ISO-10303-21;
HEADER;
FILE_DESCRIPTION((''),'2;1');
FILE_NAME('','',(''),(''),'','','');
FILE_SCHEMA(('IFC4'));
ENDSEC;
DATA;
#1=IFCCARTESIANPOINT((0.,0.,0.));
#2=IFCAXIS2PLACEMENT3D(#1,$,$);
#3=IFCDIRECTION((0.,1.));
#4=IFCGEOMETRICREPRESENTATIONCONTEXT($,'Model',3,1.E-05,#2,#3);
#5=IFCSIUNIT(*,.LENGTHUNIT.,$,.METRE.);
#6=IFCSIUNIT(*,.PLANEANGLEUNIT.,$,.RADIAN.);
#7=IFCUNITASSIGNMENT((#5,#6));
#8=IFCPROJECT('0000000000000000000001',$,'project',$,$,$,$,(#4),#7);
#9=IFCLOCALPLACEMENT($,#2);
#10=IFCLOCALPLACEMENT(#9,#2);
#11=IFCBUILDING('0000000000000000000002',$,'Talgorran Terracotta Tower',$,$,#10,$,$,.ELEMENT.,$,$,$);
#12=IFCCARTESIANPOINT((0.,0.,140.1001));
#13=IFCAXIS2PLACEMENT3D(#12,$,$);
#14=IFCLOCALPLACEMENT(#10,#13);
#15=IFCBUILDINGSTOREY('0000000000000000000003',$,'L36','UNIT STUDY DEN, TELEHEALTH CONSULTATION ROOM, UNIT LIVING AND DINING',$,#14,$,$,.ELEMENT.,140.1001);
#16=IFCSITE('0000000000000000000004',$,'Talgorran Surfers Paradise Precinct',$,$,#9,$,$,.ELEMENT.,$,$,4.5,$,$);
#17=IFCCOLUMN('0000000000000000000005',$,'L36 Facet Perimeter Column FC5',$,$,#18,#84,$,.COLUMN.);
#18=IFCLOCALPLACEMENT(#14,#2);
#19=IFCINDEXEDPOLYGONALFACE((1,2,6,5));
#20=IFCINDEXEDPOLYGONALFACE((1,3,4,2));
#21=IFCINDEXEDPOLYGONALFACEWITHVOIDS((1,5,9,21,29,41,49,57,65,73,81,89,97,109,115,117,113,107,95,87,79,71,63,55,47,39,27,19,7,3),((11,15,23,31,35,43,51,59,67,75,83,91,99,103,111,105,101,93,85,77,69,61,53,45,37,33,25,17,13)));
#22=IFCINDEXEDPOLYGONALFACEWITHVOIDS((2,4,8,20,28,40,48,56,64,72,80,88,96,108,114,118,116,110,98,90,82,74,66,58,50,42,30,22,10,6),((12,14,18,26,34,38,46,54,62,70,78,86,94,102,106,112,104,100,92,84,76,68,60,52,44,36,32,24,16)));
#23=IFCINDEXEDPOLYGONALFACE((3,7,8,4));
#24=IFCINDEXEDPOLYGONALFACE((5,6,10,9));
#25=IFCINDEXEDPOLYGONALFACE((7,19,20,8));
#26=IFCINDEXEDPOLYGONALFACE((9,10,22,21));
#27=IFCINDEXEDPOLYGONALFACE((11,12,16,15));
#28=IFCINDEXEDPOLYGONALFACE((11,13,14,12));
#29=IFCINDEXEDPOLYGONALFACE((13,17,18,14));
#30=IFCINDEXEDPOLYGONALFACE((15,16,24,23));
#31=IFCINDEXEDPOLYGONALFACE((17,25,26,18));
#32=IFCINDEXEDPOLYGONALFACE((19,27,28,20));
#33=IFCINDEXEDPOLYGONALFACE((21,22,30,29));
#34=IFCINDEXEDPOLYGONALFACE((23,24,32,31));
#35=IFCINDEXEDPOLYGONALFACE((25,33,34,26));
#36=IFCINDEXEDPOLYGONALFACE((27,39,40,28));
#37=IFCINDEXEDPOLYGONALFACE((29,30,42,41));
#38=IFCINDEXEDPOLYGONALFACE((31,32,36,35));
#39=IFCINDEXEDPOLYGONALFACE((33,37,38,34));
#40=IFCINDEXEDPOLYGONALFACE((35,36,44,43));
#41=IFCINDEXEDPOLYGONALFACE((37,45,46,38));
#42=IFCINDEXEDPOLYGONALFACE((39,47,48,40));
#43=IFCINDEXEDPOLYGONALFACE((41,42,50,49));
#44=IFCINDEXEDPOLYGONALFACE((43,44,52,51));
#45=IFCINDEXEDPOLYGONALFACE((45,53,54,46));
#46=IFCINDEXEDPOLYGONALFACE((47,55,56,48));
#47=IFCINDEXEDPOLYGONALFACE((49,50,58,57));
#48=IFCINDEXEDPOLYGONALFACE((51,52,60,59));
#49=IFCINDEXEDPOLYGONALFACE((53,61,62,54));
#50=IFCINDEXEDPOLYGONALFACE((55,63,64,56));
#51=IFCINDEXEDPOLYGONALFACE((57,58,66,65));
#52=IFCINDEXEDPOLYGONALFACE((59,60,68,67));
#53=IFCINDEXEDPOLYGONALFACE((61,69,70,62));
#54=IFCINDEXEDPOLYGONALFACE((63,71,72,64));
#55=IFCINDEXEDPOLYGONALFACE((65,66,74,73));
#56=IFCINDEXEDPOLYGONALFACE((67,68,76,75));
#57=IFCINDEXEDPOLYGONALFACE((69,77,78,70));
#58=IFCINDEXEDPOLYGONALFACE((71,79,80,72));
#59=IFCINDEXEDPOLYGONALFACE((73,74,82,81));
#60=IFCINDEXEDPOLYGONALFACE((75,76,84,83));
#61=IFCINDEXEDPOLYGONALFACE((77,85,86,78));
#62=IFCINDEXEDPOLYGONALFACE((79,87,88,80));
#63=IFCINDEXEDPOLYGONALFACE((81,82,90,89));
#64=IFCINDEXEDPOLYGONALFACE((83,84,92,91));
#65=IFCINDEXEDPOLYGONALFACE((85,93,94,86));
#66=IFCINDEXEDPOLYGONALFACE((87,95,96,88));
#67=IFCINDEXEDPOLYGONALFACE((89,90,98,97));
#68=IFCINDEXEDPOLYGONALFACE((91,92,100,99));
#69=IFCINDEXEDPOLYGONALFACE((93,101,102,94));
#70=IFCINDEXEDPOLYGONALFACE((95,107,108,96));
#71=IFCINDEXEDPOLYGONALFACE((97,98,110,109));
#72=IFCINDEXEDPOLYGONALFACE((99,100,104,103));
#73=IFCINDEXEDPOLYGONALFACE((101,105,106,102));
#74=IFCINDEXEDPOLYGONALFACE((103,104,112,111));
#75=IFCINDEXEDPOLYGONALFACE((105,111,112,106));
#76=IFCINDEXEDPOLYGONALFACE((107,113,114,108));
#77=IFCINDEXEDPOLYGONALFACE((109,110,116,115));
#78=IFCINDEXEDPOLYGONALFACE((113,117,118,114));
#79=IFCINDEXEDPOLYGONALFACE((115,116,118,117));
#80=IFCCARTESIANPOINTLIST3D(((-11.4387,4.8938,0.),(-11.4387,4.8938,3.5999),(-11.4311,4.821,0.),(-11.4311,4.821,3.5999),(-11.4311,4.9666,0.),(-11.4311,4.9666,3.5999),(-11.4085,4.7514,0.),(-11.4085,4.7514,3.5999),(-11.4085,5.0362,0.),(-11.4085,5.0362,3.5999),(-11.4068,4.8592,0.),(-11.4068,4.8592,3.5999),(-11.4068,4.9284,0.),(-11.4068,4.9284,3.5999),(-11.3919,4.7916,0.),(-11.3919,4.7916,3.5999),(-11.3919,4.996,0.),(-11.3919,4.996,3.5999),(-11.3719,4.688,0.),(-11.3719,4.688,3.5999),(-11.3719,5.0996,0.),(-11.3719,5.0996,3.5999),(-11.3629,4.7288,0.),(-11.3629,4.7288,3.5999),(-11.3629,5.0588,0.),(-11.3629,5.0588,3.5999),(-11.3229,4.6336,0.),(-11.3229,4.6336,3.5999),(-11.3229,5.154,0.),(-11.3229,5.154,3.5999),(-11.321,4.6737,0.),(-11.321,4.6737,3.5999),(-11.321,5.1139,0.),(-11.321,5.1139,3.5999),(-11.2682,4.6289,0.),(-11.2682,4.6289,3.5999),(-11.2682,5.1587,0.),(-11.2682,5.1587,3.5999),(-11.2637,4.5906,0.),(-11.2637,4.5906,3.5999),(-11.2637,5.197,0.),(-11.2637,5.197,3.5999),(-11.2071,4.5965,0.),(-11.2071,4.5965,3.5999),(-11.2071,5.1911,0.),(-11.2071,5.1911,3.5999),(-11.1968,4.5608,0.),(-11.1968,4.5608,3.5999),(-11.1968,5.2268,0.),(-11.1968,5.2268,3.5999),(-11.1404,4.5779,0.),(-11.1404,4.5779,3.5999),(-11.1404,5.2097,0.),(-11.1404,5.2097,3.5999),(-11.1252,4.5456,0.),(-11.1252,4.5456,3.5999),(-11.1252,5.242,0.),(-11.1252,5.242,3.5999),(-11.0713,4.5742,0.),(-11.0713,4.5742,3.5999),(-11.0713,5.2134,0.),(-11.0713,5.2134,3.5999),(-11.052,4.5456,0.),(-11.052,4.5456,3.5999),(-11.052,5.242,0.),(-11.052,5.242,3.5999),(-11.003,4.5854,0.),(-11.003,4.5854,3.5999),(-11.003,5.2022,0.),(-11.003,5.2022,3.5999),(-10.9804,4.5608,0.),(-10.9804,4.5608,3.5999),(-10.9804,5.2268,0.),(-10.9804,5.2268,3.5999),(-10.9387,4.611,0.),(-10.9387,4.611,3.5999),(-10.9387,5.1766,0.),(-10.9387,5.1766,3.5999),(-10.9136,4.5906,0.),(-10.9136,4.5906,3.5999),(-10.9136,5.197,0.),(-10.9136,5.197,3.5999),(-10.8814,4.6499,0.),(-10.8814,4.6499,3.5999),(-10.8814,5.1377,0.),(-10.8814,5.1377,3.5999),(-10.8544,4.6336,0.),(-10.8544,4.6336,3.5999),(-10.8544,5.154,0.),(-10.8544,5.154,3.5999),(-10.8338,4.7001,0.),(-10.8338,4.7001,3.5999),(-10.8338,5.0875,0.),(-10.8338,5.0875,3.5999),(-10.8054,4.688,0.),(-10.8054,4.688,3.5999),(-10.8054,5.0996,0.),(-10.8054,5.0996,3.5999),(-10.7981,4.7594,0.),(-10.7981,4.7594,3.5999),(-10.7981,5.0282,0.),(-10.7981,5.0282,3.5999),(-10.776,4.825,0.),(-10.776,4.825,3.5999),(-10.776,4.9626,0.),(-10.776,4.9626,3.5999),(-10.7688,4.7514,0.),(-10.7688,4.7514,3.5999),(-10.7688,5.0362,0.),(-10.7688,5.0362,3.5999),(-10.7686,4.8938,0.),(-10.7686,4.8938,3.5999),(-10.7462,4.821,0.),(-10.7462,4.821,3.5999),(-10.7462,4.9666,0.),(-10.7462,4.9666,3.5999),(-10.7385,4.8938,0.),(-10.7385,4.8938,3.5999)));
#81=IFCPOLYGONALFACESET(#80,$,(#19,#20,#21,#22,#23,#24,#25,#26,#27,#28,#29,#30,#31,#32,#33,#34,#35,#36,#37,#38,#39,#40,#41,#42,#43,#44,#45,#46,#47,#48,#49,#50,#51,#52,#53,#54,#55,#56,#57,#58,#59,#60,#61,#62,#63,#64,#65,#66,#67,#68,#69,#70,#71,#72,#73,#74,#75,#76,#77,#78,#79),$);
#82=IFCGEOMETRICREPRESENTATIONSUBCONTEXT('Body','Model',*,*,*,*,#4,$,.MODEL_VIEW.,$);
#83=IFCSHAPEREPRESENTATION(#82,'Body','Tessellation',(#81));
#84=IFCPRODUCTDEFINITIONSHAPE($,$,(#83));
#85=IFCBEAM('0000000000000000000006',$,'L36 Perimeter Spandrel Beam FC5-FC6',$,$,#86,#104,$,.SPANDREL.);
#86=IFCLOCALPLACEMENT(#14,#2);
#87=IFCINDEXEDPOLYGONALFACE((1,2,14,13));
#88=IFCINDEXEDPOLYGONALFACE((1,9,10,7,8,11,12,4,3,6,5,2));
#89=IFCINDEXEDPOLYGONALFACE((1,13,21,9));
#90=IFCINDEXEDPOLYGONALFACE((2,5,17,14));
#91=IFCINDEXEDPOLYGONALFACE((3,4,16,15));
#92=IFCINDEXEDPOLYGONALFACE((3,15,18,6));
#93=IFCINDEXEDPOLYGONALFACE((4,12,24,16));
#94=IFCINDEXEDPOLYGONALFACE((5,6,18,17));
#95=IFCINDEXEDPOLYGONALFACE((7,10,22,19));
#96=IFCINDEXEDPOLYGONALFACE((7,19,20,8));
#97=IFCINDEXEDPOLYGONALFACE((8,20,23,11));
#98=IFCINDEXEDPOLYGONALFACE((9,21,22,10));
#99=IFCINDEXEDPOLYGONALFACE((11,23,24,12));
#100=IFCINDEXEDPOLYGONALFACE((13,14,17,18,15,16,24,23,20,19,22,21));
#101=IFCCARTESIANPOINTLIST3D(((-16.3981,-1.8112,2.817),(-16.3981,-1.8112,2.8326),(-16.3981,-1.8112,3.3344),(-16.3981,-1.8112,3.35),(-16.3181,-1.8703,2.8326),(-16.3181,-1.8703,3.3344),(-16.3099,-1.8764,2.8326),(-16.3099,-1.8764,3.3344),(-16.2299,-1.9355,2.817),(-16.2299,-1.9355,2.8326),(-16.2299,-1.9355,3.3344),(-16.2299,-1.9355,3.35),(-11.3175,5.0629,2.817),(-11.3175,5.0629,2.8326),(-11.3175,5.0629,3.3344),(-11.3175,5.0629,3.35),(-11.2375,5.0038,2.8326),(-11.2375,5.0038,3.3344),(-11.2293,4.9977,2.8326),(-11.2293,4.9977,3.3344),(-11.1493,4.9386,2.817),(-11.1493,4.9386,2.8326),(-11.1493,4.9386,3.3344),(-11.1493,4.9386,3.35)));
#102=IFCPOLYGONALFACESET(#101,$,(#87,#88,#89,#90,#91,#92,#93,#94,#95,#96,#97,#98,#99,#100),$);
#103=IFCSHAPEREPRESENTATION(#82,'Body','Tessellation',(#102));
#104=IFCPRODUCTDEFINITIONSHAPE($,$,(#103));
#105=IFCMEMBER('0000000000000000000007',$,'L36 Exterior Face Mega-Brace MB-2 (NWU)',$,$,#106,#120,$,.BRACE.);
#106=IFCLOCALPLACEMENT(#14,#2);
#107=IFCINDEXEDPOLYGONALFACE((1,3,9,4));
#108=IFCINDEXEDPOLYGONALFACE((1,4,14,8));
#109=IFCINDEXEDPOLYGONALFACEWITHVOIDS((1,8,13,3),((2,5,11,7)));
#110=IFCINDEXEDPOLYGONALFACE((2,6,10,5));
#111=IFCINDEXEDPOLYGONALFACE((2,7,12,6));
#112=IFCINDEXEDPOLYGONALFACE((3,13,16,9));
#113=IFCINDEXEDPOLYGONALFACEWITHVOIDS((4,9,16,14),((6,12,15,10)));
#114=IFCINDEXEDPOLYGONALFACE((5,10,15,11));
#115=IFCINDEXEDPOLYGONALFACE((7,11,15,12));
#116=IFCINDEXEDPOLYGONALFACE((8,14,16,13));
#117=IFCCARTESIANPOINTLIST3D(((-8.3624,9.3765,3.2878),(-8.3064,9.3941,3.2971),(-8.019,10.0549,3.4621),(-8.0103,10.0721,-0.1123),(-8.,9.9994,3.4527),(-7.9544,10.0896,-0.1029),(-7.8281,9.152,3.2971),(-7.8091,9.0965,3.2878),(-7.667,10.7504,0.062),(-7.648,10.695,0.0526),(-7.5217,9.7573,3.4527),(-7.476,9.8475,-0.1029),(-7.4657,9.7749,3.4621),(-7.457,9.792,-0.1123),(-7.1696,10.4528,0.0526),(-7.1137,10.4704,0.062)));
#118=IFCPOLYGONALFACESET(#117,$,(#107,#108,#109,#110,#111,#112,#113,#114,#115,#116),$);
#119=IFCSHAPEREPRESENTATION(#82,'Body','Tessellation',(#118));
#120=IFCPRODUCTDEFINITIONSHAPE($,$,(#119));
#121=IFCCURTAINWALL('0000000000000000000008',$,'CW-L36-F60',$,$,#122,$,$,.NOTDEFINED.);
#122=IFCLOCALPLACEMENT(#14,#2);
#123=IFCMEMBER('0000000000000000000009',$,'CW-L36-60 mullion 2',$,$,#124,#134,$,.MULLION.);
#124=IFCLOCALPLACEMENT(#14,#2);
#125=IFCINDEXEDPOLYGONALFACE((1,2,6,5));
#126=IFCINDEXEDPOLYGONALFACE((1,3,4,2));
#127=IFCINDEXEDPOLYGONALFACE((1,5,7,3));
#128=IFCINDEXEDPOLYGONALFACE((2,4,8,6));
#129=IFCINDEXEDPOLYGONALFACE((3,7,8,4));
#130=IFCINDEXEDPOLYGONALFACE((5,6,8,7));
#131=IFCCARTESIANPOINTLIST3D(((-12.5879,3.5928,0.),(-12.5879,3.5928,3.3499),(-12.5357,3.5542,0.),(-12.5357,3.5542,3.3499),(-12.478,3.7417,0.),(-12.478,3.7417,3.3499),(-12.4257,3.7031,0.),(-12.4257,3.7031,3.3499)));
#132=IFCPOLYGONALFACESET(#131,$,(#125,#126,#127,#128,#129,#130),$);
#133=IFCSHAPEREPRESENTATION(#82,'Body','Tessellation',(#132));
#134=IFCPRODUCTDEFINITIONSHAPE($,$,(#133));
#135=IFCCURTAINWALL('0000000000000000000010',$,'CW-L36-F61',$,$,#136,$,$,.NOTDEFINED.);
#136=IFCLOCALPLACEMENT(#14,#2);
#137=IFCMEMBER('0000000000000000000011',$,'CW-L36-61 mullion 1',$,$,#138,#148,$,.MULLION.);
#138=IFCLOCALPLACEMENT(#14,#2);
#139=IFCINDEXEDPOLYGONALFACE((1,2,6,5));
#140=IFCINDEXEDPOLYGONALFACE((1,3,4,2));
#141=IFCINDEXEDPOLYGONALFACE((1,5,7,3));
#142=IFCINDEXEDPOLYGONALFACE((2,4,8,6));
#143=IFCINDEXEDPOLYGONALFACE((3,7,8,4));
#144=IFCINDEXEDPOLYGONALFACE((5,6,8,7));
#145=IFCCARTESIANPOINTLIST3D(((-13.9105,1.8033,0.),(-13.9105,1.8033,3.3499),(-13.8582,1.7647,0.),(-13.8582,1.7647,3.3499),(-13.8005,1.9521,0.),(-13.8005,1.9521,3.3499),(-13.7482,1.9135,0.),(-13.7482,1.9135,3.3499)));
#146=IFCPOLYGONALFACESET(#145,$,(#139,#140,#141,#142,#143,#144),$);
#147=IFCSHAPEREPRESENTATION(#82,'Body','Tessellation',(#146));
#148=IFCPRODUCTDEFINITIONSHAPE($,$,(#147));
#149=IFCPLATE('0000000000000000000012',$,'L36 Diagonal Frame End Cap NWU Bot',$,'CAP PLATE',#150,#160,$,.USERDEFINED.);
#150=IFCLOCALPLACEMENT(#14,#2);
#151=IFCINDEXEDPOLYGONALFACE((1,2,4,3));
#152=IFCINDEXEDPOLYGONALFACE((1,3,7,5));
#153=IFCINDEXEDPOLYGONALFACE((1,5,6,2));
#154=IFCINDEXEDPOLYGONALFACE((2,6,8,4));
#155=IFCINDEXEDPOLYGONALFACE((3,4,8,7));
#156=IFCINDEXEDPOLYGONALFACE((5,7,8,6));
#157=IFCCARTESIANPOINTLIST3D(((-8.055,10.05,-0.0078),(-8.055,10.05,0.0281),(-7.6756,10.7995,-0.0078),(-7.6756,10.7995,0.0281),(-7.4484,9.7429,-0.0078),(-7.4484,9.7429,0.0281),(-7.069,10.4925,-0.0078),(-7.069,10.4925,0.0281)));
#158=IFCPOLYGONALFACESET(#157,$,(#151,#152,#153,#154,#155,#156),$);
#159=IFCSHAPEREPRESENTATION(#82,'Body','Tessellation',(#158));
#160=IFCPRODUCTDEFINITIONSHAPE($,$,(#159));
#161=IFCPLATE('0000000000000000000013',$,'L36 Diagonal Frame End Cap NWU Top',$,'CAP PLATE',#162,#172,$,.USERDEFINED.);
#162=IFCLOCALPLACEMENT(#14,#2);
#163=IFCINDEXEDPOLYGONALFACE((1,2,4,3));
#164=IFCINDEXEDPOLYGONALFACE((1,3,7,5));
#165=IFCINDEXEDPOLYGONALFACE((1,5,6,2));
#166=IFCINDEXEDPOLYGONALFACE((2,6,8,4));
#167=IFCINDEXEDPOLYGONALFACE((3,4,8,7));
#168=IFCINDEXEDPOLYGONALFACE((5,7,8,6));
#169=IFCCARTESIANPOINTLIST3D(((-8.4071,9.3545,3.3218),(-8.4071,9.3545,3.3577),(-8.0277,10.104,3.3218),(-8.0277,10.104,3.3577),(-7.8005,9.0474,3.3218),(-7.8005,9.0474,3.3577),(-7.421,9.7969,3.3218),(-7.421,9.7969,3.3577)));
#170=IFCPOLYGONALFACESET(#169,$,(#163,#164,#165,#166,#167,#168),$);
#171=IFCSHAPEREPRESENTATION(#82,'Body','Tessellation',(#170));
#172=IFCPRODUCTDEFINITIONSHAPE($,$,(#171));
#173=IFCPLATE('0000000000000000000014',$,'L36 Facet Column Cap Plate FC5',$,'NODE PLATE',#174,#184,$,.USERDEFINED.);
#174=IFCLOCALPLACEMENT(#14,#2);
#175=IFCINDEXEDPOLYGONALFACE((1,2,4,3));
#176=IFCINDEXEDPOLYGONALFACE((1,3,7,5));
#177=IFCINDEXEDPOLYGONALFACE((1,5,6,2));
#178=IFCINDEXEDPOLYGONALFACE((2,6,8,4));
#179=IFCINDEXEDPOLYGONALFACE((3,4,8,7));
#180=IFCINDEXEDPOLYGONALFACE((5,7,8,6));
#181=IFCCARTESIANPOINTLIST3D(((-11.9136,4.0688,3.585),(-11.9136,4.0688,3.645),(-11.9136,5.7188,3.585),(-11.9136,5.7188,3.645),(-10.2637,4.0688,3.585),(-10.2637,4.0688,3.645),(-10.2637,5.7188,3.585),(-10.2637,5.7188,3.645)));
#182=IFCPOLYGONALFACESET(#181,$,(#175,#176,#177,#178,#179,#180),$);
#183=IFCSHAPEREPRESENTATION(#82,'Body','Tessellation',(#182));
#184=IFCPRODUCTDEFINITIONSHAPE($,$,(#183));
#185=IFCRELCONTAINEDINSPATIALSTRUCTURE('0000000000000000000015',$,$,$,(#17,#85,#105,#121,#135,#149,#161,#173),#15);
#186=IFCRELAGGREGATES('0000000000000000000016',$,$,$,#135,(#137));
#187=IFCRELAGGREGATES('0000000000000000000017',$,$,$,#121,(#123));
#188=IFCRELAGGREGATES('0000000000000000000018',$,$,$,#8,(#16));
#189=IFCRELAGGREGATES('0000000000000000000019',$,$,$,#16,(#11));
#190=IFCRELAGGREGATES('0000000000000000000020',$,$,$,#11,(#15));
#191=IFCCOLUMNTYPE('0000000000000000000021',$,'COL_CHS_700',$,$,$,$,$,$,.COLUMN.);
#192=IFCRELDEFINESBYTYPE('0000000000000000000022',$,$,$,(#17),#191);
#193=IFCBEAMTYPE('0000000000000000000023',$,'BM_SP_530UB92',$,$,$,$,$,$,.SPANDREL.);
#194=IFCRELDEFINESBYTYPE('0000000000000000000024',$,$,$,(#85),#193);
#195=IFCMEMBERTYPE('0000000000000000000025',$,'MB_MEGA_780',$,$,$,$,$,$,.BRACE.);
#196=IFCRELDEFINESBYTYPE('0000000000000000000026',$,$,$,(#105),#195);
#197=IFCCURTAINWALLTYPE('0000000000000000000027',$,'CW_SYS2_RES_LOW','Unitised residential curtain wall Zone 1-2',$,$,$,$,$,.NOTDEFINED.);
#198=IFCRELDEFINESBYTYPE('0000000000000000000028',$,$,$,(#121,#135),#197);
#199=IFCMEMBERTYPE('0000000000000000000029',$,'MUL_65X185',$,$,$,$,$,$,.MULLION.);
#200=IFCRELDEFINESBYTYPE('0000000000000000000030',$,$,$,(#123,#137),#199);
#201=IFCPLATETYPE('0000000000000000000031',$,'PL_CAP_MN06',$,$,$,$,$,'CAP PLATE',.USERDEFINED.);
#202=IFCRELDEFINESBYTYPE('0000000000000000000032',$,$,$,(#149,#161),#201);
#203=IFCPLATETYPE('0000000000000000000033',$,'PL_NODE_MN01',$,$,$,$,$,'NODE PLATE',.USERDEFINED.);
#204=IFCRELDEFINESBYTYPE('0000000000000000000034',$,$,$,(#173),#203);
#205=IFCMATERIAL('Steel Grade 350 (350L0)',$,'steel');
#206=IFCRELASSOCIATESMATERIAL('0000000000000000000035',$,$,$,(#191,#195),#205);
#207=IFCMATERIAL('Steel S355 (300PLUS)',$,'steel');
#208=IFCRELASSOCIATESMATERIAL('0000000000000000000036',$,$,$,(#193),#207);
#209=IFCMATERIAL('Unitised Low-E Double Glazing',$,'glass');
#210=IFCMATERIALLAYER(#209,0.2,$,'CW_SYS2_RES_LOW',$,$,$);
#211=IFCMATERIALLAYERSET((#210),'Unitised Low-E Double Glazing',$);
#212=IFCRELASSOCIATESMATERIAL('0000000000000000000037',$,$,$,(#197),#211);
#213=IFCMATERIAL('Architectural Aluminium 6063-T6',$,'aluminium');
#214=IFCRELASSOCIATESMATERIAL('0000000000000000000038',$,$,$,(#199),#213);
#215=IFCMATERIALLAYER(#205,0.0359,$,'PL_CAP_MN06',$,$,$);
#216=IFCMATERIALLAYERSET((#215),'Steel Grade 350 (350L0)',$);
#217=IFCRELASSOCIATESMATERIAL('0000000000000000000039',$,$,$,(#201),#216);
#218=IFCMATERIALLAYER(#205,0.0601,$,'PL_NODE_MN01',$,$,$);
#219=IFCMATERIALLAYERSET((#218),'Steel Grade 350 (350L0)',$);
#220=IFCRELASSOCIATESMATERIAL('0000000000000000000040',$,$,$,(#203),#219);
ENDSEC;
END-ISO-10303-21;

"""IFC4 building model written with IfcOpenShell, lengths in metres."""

from ifc_helpers import new_model, si_unit, direction, frame, origin, origin_2d, place, context, subcontext, project, spatial, rectangle, hollow_rectangle, hollow_circle, i_section, extrude, material, layer, layer_set, material_profile, profile_set, type_object, element, aggregate, save


model = new_model("IFC4")

# Units and contexts
model_context = context("Model", 3, precision=1e-05, world=origin(), true_north=direction((0.0, 1.0)))
body_context = subcontext(model_context, "Body", "Model", "MODEL_VIEW")
ifc_project = project(units=[si_unit("LENGTHUNIT", "METRE"), si_unit("PLANEANGLEUNIT", "RADIAN")], contexts=[model_context])

# Site, building, storey
site_placement = place(None, origin())
site = spatial("IfcSite", under=ifc_project, at=site_placement, Name="Talgorran Surfers Paradise Precinct", CompositionType="ELEMENT", RefElevation=4.5)
building_placement = place(site_placement, origin())
building = spatial("IfcBuilding", under=site, at=building_placement, Name="Talgorran Terracotta Tower", CompositionType="ELEMENT")
storey_placement = place(building_placement, frame((0.0, 0.0, 140.1001)))
storey = spatial("IfcBuildingStorey", under=building, at=storey_placement, Name="L36", Description="UNIT STUDY DEN, TELEHEALTH CONSULTATION ROOM, UNIT LIVING AND DINING", CompositionType="ELEMENT", Elevation=140.1001)

# Column
ifc_material_1 = material(Name="Steel Grade 350 (350L0)", Category="steel")
ifc_material_profile_1 = material_profile(ifc_material_1, hollow_circle(Radius=0.3501, WallThickness=0.03, at=origin_2d()), Name="CHS700X30")
ifc_profile_set_1 = profile_set([ifc_material_profile_1], Name="Steel Grade 350 (350L0)")
column_type = type_object("IfcColumnType", Name="COL_CHS_700", PredefinedType="COLUMN", material=ifc_profile_set_1)
column_placement = place(storey_placement, frame((-11.0886, 4.8938, 0.0), z_axis=(0.0, 0.0, 1.0), x_axis=(1.0, 0.0, 0.0)))
element("IfcColumn", 1, at=column_placement, inside=storey, type_object=column_type, Name="L36 Facet Perimeter Column FC5", PredefinedType="COLUMN", context=body_context, shape_type="SweptSolid", body=[
    extrude(hollow_circle(Radius=0.3501, WallThickness=0.03, at=origin_2d()), origin(), (0.0, 0.0, 1.0), 3.5999),
])

# Beam
ifc_material_2 = material(Name="Steel S355 (300PLUS)", Category="steel")
ifc_material_profile_2 = material_profile(ifc_material_2, i_section(OverallWidth=0.2092, OverallDepth=0.533, WebThickness=0.0103, FlangeThickness=0.0156, at=origin_2d()), Name="530UB92.4")
ifc_profile_set_2 = profile_set([ifc_material_profile_2], Name="Steel S355 (300PLUS)")
beam_type = type_object("IfcBeamType", Name="BM_SP_530UB92", PredefinedType="SPANDREL", material=ifc_profile_set_2)
beam_placement = place(storey_placement, frame((-11.2334, 5.0007, 3.0835), z_axis=(-0.594373, -0.804189, 0.0), x_axis=(0.804189, -0.594373, 0.0)))
element("IfcBeam", 2, at=beam_placement, inside=storey, type_object=beam_type, Name="L36 Perimeter Spandrel Beam FC5-FC6", PredefinedType="SPANDREL", context=body_context, shape_type="SweptSolid", body=[
    extrude(i_section(OverallWidth=0.2092, OverallDepth=0.533, WebThickness=0.0103, FlangeThickness=0.0156, at=origin_2d()), origin(), (0.0, 0.0, 1.0), 8.5479),
])

# Member
ifc_material_profile_3 = material_profile(ifc_material_1, hollow_rectangle(XDim=0.6201, YDim=0.78, WallThickness=0.042, at=origin_2d()), Name="WBOX780X620X42")
ifc_profile_set_3 = profile_set([ifc_material_profile_3], Name="Steel Grade 350 (350L0)")
member_type_1 = type_object("IfcMemberType", Name="MB_MEGA_780", PredefinedType="BRACE", material=ifc_profile_set_3)
member_1_placement = place(storey_placement, frame((-7.562, 10.2712, -0.0251), z_axis=(-0.100921, -0.199393, 0.974709), x_axis=(0.892224, -0.451593, 0.0)))
element("IfcMember", 3, at=member_1_placement, inside=storey, type_object=member_type_1, Name="L36 Exterior Face Mega-Brace MB-2 (NWU)", PredefinedType="BRACE", context=body_context, shape_type="SweptSolid", body=[
    extrude(hollow_rectangle(XDim=0.6201, YDim=0.78, WallThickness=0.042, at=origin_2d()), origin(), (0.0, 0.0, 1.0), 3.4883),
])

# Curtain walls, members
ifc_material_3 = material(Name="Unitised Low-E Double Glazing", Category="glass")
ifc_layer_1 = layer(ifc_material_3, 0.2, Name="CW_SYS2_RES_LOW")
ifc_layer_set_1 = layer_set([ifc_layer_1], Name="Unitised Low-E Double Glazing")
curtain_wall_type = type_object("IfcCurtainWallType", Name="CW_SYS2_RES_LOW", Description="Unitised residential curtain wall Zone 1-2", PredefinedType="NOTDEFINED", material=ifc_layer_set_1)
curtain_wall_1_placement = place(storey_placement, origin())
curtain_wall_1 = element("IfcCurtainWall", 4, at=curtain_wall_1_placement, inside=storey, type_object=curtain_wall_type, Name="CW-L36-F60", PredefinedType="NOTDEFINED")
ifc_material_4 = material(Name="Architectural Aluminium 6063-T6", Category="aluminium")
ifc_material_profile_4 = material_profile(ifc_material_4, rectangle(XDim=0.0649, YDim=0.1851, at=origin_2d()), Name="CWM65X185")
ifc_profile_set_4 = profile_set([ifc_material_profile_4], Name="Architectural Aluminium 6063-T6")
member_type_2 = type_object("IfcMemberType", Name="MUL_65X185", PredefinedType="MULLION", material=ifc_profile_set_4)
member_2_placement = place(storey_placement, frame((-12.5068, 3.6479, 0.0), z_axis=(0.0, 0.0, 1.0), x_axis=(0.8042, -0.594359, 0.0)))
member_2 = element("IfcMember", 5, at=member_2_placement, type_object=member_type_2, Name="CW-L36-60 mullion 2", PredefinedType="MULLION", context=body_context, shape_type="SweptSolid", body=[
    extrude(rectangle(XDim=0.0649, YDim=0.1851, at=origin_2d()), origin(), (0.0, 0.0, 1.0), 3.3499),
])
curtain_wall_2_placement = place(storey_placement, origin())
curtain_wall_2 = element("IfcCurtainWall", 6, at=curtain_wall_2_placement, inside=storey, type_object=curtain_wall_type, Name="CW-L36-F61", PredefinedType="NOTDEFINED")
member_3_placement = place(storey_placement, frame((-13.8293, 1.8584, 0.0), z_axis=(0.0, 0.0, 1.0), x_axis=(0.804199, -0.59436, 0.0)))
member_3 = element("IfcMember", 7, at=member_3_placement, type_object=member_type_2, Name="CW-L36-61 mullion 1", PredefinedType="MULLION", context=body_context, shape_type="SweptSolid", body=[
    extrude(rectangle(XDim=0.0649, YDim=0.1851, at=origin_2d()), origin(), (0.0, 0.0, 1.0), 3.3499),
])
aggregate(curtain_wall_2, [member_3])

# Plates
ifc_layer_2 = layer(ifc_material_1, 0.0359, Name="PL_CAP_MN06")
ifc_layer_set_2 = layer_set([ifc_layer_2], Name="Steel Grade 350 (350L0)")
plate_type_1 = type_object("IfcPlateType", Name="PL_CAP_MN06", ElementType="CAP PLATE", PredefinedType="USERDEFINED", material=ifc_layer_set_2)
for number, where, z_axis, x_axis, name in (
    (8, (-7.562, 10.2712, -0.0078), (0.0, 0.0, 1.0), (-0.451656, -0.892192, 0.0), "L36 Diagonal Frame End Cap NWU Bot"),
    (9, (-7.9141, 9.5757, 3.3218), (0.0, 0.0, 1.0), (-0.451656, -0.892192, 0.0), "L36 Diagonal Frame End Cap NWU Top"),
):
    element("IfcPlate", number, at=place(storey_placement, frame(where, z_axis=z_axis, x_axis=x_axis)), inside=storey, type_object=plate_type_1, Name=name, ObjectType="CAP PLATE", PredefinedType="USERDEFINED", context=body_context, shape_type="SweptSolid", body=[
        extrude(rectangle(XDim=0.8401, YDim=0.6799, at=origin_2d()), origin(), (0.0, 0.0, 1.0), 0.0359),
    ])
ifc_layer_3 = layer(ifc_material_1, 0.0601, Name="PL_NODE_MN01")
ifc_layer_set_3 = layer_set([ifc_layer_3], Name="Steel Grade 350 (350L0)")
plate_type_2 = type_object("IfcPlateType", Name="PL_NODE_MN01", ElementType="NODE PLATE", PredefinedType="USERDEFINED", material=ifc_layer_set_3)
plate_1_placement = place(storey_placement, frame((-11.0886, 4.8938, 3.585), z_axis=(0.0, 0.0, 1.0), x_axis=(1.0, 0.0, 0.0)))
element("IfcPlate", 10, at=plate_1_placement, inside=storey, type_object=plate_type_2, Name="L36 Facet Column Cap Plate FC5", ObjectType="NODE PLATE", PredefinedType="USERDEFINED", context=body_context, shape_type="SweptSolid", body=[
    extrude(rectangle(XDim=1.6499, YDim=1.6499, at=origin_2d()), origin(), (0.0, 0.0, 1.0), 0.0601),
])

aggregate(curtain_wall_1, [member_2])

save(model, "model.ifc")
